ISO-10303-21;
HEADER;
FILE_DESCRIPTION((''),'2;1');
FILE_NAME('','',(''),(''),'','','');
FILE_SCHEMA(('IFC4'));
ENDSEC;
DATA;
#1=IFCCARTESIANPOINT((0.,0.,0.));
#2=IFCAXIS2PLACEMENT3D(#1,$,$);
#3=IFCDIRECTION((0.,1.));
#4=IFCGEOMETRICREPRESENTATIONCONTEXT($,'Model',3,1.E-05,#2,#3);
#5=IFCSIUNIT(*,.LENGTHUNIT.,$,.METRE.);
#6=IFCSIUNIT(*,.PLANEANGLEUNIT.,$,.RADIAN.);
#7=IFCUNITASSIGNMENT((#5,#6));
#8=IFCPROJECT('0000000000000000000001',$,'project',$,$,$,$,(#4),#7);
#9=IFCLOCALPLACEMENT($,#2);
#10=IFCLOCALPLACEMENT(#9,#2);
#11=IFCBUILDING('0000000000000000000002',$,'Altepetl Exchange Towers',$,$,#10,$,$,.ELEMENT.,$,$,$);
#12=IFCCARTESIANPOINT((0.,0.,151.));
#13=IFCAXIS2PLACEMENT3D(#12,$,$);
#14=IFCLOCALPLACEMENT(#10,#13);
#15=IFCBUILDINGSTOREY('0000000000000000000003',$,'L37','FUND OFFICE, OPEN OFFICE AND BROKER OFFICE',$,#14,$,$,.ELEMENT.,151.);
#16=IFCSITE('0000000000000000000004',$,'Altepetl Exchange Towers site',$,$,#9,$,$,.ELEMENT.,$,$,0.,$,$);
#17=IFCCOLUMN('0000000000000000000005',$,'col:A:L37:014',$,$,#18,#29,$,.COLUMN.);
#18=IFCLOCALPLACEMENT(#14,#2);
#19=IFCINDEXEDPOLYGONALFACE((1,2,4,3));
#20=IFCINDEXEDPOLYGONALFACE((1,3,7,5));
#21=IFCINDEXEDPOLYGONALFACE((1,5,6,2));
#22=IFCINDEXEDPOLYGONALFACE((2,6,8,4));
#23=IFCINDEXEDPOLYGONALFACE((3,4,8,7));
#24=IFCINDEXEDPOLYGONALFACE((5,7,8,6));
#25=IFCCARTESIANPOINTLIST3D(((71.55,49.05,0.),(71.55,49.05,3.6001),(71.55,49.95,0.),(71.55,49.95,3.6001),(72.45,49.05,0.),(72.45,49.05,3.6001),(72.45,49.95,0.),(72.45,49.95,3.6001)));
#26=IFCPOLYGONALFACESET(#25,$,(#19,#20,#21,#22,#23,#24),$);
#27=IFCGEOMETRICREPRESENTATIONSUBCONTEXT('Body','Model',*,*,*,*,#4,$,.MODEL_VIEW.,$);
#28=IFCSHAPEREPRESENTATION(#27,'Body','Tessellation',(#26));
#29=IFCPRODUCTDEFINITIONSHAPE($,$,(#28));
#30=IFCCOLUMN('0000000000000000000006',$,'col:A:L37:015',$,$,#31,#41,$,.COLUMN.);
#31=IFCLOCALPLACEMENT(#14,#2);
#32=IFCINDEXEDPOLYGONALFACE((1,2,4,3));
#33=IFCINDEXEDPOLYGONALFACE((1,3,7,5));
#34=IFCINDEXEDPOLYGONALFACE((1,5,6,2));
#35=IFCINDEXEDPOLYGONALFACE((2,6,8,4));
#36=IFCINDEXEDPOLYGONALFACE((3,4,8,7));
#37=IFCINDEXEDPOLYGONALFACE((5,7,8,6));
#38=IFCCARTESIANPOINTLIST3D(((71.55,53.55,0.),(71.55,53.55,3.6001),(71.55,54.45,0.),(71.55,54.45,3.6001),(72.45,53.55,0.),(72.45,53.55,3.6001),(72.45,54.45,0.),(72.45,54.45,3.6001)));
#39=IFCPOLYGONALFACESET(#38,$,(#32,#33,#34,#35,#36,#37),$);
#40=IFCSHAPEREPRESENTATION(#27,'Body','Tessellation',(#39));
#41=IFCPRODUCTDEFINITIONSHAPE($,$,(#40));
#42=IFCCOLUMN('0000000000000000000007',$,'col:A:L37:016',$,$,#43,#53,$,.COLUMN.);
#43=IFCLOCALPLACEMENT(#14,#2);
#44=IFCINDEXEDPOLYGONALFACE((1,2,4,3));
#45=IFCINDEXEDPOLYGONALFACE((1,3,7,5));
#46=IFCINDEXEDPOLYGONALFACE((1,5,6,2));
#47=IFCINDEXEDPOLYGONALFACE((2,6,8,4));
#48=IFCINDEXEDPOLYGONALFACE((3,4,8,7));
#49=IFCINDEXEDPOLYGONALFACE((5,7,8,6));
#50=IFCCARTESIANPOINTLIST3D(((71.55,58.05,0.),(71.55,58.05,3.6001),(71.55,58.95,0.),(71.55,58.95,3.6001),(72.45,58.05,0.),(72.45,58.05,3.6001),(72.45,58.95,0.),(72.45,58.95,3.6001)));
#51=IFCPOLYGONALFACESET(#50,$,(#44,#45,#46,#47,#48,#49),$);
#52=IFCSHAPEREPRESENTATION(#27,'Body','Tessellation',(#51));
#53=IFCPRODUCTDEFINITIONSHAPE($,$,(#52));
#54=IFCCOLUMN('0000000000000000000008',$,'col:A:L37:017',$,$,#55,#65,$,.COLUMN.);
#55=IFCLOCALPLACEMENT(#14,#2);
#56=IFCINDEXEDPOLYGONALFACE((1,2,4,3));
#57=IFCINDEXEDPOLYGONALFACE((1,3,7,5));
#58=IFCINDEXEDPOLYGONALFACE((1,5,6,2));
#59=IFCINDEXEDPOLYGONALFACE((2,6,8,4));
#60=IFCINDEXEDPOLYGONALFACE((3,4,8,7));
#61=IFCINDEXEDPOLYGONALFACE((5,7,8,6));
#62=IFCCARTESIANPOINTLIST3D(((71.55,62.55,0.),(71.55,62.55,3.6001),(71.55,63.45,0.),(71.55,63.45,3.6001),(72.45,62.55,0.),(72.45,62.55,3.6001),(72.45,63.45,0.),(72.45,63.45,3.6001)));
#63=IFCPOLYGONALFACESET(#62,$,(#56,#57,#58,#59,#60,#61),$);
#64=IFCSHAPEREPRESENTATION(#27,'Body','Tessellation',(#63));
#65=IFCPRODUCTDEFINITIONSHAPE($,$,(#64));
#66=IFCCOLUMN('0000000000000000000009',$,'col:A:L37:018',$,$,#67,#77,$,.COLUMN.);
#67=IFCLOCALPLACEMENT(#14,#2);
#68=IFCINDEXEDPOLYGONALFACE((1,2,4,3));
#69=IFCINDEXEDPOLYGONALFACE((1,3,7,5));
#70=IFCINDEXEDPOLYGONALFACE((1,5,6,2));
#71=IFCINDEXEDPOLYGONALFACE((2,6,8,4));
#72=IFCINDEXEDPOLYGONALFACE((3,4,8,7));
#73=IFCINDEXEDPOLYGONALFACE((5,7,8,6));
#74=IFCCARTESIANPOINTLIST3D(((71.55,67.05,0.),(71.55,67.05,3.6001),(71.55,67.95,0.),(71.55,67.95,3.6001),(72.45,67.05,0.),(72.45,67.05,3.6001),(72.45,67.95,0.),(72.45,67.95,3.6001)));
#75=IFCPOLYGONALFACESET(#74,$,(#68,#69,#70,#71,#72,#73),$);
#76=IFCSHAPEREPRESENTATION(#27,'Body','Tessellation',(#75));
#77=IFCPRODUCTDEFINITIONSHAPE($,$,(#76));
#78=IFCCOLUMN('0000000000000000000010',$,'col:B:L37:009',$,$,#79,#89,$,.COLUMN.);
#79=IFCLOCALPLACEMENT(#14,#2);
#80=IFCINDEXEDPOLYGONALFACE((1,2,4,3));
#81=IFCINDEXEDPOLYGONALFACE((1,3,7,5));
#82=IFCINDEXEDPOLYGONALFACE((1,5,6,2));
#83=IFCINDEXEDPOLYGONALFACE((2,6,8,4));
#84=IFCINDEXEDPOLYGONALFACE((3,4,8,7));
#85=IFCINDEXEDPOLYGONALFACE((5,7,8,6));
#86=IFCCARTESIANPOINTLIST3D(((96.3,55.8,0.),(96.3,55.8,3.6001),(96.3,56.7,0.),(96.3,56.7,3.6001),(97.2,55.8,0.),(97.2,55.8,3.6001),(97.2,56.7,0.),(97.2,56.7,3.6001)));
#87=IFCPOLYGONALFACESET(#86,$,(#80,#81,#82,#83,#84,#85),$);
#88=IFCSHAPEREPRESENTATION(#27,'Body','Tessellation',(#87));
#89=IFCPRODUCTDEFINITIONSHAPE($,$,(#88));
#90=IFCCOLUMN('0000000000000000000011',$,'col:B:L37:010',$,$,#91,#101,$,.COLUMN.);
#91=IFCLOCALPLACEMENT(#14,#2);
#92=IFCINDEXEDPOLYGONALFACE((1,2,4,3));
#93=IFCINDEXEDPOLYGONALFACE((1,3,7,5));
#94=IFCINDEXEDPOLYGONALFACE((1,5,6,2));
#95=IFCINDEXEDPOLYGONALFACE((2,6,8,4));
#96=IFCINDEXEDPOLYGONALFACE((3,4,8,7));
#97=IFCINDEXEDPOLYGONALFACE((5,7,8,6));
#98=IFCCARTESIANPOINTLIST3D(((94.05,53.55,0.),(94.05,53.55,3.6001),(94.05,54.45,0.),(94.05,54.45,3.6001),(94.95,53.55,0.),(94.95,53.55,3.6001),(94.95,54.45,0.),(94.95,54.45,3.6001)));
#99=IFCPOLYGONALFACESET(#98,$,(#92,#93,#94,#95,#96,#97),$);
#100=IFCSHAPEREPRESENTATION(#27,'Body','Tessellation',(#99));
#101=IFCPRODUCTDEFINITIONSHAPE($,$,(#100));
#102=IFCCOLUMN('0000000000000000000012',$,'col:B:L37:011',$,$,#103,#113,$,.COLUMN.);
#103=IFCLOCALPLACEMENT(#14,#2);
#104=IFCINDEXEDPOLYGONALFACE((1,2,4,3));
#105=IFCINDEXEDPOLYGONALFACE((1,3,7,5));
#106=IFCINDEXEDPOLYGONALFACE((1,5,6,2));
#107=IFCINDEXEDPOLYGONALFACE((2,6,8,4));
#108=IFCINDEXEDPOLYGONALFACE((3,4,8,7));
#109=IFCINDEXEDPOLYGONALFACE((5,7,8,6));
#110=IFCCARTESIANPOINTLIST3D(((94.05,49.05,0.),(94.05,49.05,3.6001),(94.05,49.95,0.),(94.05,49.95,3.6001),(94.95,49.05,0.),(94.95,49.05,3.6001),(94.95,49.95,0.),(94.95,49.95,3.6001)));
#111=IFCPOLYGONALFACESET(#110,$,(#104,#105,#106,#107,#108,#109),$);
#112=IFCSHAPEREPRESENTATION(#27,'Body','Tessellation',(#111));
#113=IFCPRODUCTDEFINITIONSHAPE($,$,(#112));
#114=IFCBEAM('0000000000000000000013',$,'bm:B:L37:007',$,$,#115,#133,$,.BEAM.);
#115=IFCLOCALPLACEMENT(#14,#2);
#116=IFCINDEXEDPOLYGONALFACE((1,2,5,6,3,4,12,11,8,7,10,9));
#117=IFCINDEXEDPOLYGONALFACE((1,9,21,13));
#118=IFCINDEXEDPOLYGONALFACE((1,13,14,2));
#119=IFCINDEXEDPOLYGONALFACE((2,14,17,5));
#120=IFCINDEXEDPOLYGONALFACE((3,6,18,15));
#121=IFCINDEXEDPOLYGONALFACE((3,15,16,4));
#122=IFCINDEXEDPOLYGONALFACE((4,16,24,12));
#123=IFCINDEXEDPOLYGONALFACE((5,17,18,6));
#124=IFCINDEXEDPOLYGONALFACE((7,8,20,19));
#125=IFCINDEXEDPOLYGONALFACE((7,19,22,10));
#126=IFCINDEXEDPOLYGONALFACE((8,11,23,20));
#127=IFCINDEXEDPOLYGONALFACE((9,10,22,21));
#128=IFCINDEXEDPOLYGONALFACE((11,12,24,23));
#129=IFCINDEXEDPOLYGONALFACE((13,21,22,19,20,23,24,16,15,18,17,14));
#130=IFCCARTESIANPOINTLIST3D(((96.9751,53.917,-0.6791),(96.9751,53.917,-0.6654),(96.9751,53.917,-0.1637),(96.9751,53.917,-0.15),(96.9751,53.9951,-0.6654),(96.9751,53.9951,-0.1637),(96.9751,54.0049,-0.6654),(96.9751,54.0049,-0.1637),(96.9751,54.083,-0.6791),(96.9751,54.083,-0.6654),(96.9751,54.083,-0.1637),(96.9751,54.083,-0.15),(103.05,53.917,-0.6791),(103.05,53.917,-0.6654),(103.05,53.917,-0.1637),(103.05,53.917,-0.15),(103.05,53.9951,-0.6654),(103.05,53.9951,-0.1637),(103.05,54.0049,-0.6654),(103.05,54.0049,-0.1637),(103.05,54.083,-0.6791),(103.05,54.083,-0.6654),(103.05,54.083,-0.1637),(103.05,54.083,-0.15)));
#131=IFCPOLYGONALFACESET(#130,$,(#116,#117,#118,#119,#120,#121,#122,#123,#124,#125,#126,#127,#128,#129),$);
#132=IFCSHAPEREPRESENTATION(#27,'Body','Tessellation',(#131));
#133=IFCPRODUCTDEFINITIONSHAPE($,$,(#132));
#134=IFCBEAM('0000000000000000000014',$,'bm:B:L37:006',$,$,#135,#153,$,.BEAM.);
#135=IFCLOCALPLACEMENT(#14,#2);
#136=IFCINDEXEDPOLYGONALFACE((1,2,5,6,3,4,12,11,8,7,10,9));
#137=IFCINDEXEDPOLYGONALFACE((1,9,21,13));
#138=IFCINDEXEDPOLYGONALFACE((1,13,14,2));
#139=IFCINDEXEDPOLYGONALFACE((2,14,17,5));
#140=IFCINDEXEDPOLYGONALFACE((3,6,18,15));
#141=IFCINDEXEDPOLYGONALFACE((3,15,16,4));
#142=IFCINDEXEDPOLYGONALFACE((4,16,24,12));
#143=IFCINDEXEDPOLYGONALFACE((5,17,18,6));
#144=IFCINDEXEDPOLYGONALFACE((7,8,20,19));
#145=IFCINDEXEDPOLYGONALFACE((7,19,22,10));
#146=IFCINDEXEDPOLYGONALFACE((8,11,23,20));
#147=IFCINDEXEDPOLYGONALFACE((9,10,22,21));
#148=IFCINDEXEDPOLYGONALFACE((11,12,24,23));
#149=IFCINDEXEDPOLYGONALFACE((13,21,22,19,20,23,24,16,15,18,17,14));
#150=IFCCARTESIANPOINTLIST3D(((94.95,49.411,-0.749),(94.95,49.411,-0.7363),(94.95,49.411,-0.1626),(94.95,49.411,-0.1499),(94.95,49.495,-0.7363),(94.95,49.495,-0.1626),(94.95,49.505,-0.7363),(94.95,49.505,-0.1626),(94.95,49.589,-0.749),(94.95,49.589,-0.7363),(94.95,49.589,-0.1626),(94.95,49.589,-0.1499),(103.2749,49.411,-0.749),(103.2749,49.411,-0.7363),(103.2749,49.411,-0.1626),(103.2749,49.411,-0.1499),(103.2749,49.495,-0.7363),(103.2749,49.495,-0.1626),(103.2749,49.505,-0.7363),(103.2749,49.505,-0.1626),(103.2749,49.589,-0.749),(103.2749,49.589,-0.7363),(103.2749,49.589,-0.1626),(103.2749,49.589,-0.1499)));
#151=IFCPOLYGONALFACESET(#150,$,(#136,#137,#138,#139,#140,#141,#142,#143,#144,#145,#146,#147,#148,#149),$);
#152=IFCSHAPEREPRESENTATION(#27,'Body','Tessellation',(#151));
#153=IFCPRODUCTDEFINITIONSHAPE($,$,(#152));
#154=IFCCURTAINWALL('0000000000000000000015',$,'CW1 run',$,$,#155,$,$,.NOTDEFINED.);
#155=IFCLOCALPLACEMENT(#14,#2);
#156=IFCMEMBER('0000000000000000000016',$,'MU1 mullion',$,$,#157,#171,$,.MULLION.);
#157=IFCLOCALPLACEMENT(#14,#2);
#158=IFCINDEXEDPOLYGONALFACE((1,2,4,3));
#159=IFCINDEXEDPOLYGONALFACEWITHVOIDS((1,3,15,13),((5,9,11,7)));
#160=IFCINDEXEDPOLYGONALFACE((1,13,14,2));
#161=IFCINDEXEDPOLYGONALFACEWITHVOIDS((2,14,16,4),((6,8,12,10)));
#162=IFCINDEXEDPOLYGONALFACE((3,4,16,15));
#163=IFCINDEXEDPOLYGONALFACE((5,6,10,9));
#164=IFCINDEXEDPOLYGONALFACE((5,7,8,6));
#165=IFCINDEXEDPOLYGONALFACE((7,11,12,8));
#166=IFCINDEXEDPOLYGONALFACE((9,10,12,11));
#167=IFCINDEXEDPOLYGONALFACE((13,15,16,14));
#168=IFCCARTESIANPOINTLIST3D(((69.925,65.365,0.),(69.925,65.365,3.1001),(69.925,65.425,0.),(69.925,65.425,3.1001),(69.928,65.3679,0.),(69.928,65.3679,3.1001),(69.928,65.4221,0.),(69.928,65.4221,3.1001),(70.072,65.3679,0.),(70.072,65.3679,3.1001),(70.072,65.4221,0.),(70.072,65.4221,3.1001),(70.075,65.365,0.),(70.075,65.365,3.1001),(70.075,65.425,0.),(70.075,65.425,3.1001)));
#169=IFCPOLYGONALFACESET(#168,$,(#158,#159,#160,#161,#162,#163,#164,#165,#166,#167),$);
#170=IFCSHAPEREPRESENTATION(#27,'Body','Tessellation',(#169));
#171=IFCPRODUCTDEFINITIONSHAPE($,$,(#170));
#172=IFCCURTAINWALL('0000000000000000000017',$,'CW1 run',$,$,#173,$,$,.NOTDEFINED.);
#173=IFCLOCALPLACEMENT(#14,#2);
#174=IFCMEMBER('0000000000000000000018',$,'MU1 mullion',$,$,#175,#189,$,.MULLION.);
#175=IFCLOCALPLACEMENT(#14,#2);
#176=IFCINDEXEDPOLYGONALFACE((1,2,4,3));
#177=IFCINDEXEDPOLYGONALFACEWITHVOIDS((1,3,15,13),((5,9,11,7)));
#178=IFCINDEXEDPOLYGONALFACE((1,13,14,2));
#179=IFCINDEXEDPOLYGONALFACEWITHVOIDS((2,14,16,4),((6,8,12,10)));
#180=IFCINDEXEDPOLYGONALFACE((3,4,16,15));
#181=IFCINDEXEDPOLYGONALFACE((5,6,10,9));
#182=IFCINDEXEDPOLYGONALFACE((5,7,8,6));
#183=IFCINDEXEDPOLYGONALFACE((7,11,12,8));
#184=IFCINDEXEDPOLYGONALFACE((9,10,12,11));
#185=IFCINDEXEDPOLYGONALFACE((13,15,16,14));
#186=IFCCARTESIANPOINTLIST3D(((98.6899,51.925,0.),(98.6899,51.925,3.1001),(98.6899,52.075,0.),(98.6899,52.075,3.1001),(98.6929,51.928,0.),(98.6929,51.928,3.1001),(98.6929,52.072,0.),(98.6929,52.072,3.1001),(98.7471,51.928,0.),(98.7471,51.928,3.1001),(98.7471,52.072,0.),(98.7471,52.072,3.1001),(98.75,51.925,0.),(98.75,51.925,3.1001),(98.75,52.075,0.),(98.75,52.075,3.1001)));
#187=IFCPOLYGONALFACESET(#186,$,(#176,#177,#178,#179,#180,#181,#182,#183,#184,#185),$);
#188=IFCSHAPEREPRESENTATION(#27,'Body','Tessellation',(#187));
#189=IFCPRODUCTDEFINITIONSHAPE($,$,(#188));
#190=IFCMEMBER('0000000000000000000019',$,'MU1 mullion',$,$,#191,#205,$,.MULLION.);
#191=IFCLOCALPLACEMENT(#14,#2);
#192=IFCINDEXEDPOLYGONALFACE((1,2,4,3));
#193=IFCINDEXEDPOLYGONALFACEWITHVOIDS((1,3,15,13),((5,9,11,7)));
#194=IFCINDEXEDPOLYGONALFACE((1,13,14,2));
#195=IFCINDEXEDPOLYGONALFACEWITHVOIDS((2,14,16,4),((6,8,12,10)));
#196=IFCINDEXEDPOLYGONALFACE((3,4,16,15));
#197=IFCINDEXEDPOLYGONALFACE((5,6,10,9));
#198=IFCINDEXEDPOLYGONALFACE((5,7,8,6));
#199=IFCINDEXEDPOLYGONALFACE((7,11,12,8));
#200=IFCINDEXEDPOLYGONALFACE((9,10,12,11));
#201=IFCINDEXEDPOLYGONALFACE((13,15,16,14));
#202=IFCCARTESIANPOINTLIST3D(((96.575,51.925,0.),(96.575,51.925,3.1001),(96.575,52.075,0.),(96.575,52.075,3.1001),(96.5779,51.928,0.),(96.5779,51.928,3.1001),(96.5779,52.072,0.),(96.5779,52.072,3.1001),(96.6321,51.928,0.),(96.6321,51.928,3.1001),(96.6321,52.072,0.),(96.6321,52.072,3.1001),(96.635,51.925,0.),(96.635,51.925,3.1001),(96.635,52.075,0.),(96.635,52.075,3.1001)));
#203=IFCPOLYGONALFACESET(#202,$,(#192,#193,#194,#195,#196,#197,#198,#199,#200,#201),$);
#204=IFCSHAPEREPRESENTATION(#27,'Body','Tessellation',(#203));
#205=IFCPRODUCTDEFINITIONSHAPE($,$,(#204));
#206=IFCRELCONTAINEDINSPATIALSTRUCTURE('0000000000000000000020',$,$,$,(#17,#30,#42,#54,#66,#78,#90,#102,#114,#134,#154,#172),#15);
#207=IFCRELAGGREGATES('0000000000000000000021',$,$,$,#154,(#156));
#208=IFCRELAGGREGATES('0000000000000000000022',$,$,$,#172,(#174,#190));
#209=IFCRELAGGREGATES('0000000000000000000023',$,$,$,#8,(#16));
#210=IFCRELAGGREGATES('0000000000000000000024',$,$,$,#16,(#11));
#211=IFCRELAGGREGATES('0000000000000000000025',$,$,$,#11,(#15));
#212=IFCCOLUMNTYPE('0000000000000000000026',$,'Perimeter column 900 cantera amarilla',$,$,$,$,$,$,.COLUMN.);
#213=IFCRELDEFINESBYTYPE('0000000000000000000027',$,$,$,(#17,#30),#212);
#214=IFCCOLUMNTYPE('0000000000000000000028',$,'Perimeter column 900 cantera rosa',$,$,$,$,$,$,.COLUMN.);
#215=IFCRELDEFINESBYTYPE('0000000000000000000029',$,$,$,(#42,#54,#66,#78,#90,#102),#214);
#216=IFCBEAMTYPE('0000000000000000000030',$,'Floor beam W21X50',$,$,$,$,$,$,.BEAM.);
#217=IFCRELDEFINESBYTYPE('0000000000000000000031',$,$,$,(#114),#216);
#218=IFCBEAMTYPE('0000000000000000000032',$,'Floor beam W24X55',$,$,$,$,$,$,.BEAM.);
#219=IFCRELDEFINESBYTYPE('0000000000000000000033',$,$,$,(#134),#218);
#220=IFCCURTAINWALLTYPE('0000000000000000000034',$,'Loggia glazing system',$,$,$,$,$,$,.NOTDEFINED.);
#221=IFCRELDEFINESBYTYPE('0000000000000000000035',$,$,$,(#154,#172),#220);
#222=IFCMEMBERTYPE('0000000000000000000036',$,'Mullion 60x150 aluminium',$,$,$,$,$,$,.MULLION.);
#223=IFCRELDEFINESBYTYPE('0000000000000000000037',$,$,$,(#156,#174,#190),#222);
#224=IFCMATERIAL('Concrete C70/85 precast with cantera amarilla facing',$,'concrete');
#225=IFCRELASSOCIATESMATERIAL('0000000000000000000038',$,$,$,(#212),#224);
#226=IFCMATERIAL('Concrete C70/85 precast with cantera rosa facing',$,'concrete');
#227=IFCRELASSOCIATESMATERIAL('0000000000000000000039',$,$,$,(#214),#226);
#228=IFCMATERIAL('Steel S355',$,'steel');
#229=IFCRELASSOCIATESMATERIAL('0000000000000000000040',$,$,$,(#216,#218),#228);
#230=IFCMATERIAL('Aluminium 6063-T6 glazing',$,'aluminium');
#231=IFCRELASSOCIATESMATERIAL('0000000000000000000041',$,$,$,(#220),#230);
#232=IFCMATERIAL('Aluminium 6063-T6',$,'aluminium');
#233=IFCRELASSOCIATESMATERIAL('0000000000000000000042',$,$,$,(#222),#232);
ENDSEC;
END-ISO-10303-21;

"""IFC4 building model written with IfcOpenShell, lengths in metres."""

from ifc_helpers import new_model, si_unit, direction, frame, origin, origin_2d, place, context, subcontext, project, spatial, rectangle, hollow_rectangle, i_section, extrude, material, material_profile, profile_set, type_object, element, aggregate, save


model = new_model("IFC4")

# Units and contexts
model_context = context("Model", 3, precision=1e-05, world=origin(), true_north=direction((0.0, 1.0)))
body_context = subcontext(model_context, "Body", "Model", "MODEL_VIEW")
ifc_project = project(units=[si_unit("LENGTHUNIT", "METRE"), si_unit("PLANEANGLEUNIT", "RADIAN")], contexts=[model_context])

# Site, building, storey
site_placement = place(None, origin())
site = spatial("IfcSite", under=ifc_project, at=site_placement, Name="Altepetl Exchange Towers site", CompositionType="ELEMENT", RefElevation=0.0)
building_placement = place(site_placement, origin())
building = spatial("IfcBuilding", under=site, at=building_placement, Name="Altepetl Exchange Towers", CompositionType="ELEMENT")
storey_placement = place(building_placement, frame((0.0, 0.0, 151.0)))
storey = spatial("IfcBuildingStorey", under=building, at=storey_placement, Name="L37", Description="FUND OFFICE, OPEN OFFICE AND BROKER OFFICE", CompositionType="ELEMENT", Elevation=151.0)

# Columns
ifc_material_1 = material(Name="Concrete C70/85 precast with cantera amarilla facing", Category="concrete")
ifc_material_profile_1 = material_profile(ifc_material_1, rectangle(XDim=0.8999, YDim=0.8999, at=origin_2d()), Name="900 x 900")
ifc_profile_set_1 = profile_set([ifc_material_profile_1], Name="Concrete C70/85 precast with cantera amarilla facing")
column_type_1 = type_object("IfcColumnType", Name="Perimeter column 900 cantera amarilla", PredefinedType="COLUMN", material=ifc_profile_set_1)
for number, where, name in (
    (1, (72.0, 49.5, 0.0), "col:A:L37:014"),
    (2, (72.0, 54.0, 0.0), "col:A:L37:015"),
):
    element("IfcColumn", number, at=place(storey_placement, frame(where)), inside=storey, type_object=column_type_1, Name=name, PredefinedType="COLUMN", context=body_context, shape_type="SweptSolid", body=[
        extrude(rectangle(XDim=0.8999, YDim=0.8999, at=origin_2d()), origin(), (0.0, 0.0, 1.0), 3.6001),
    ])
ifc_material_2 = material(Name="Concrete C70/85 precast with cantera rosa facing", Category="concrete")
ifc_material_profile_2 = material_profile(ifc_material_2, rectangle(XDim=0.8999, YDim=0.8999, at=origin_2d()), Name="900 x 900")
ifc_profile_set_2 = profile_set([ifc_material_profile_2], Name="Concrete C70/85 precast with cantera rosa facing")
column_type_2 = type_object("IfcColumnType", Name="Perimeter column 900 cantera rosa", PredefinedType="COLUMN", material=ifc_profile_set_2)
for number, where, name in (
    (3, (72.0, 58.5, 0.0), "col:A:L37:016"),
    (4, (72.0, 63.0, 0.0), "col:A:L37:017"),
    (5, (72.0, 67.5, 0.0), "col:A:L37:018"),
    (6, (96.75, 56.25, 0.0), "col:B:L37:009"),
    (7, (94.5, 54.0, 0.0), "col:B:L37:010"),
    (8, (94.5, 49.5, 0.0), "col:B:L37:011"),
):
    element("IfcColumn", number, at=place(storey_placement, frame(where)), inside=storey, type_object=column_type_2, Name=name, PredefinedType="COLUMN", context=body_context, shape_type="SweptSolid", body=[
        extrude(rectangle(XDim=0.8999, YDim=0.8999, at=origin_2d()), origin(), (0.0, 0.0, 1.0), 3.6001),
    ])

# Beams
ifc_material_3 = material(Name="Steel S355", Category="steel")
ifc_material_profile_3 = material_profile(ifc_material_3, i_section(OverallWidth=0.166, OverallDepth=0.5291, WebThickness=0.0098, FlangeThickness=0.0137, at=origin_2d()), Name="W21X50")
ifc_profile_set_3 = profile_set([ifc_material_profile_3], Name="Steel S355")
beam_type_1 = type_object("IfcBeamType", Name="Floor beam W21X50", PredefinedType="BEAM", material=ifc_profile_set_3)
beam_1_placement = place(storey_placement, frame((96.9751, 54.0, -0.4146), z_axis=(1.0, 0.0, 0.0), x_axis=(0.0, 1.0, 0.0)))
element("IfcBeam", 9, at=beam_1_placement, inside=storey, type_object=beam_type_1, Name="bm:B:L37:007", PredefinedType="BEAM", context=body_context, shape_type="SweptSolid", body=[
    extrude(i_section(OverallWidth=0.166, OverallDepth=0.5291, WebThickness=0.0098, FlangeThickness=0.0137, at=origin_2d()), origin(), (0.0, 0.0, 1.0), 6.075),
])
ifc_material_profile_4 = material_profile(ifc_material_3, i_section(OverallWidth=0.178, OverallDepth=0.5991, WebThickness=0.01, FlangeThickness=0.0127, at=origin_2d()), Name="W24X55")
ifc_profile_set_4 = profile_set([ifc_material_profile_4], Name="Steel S355")
beam_type_2 = type_object("IfcBeamType", Name="Floor beam W24X55", PredefinedType="BEAM", material=ifc_profile_set_4)
beam_2_placement = place(storey_placement, frame((94.95, 49.5, -0.4495), z_axis=(1.0, 0.0, 0.0), x_axis=(0.0, 1.0, 0.0)))
element("IfcBeam", 10, at=beam_2_placement, inside=storey, type_object=beam_type_2, Name="bm:B:L37:006", PredefinedType="BEAM", context=body_context, shape_type="SweptSolid", body=[
    extrude(i_section(OverallWidth=0.178, OverallDepth=0.5991, WebThickness=0.01, FlangeThickness=0.0127, at=origin_2d()), origin(), (0.0, 0.0, 1.0), 8.325),
])

# Curtain wall, member
ifc_material_4 = material(Name="Aluminium 6063-T6 glazing", Category="aluminium")
curtain_wall_type = type_object("IfcCurtainWallType", Name="Loggia glazing system", PredefinedType="NOTDEFINED", material=ifc_material_4)
curtain_wall_1_placement = place(storey_placement, origin())
curtain_wall_1 = element("IfcCurtainWall", 11, at=curtain_wall_1_placement, inside=storey, type_object=curtain_wall_type, Name="CW1 run", PredefinedType="NOTDEFINED")
ifc_material_5 = material(Name="Aluminium 6063-T6", Category="aluminium")
ifc_material_profile_5 = material_profile(ifc_material_5, hollow_rectangle(XDim=0.0601, YDim=0.1499, WallThickness=0.0029, at=origin_2d()), Name="Mullion 60x150 aluminium")
ifc_profile_set_5 = profile_set([ifc_material_profile_5], Name="Aluminium 6063-T6")
member_type = type_object("IfcMemberType", Name="Mullion 60x150 aluminium", PredefinedType="MULLION", material=ifc_profile_set_5)
member_1_placement = place(storey_placement, frame((70.0, 65.395, 0.0), z_axis=(0.0, 0.0, 1.0), x_axis=(0.0, 1.0, 0.0)))
member_1 = element("IfcMember", 12, at=member_1_placement, type_object=member_type, Name="MU1 mullion", PredefinedType="MULLION", context=body_context, shape_type="SweptSolid", body=[
    extrude(hollow_rectangle(XDim=0.0601, YDim=0.1499, WallThickness=0.0029, at=origin_2d()), origin(), (0.0, 0.0, 1.0), 3.1001),
])

# Curtain wall, members
curtain_wall_2_placement = place(storey_placement, origin())
curtain_wall_2 = element("IfcCurtainWall", 13, at=curtain_wall_2_placement, inside=storey, type_object=curtain_wall_type, Name="CW1 run", PredefinedType="NOTDEFINED")
member_2_placement = place(storey_placement, frame((98.72, 52.0, 0.0), z_axis=(0.0, 0.0, 1.0), x_axis=(-1.0, 0.0, 0.0)))
member_2 = element("IfcMember", 14, at=member_2_placement, type_object=member_type, Name="MU1 mullion", PredefinedType="MULLION", context=body_context, shape_type="SweptSolid", body=[
    extrude(hollow_rectangle(XDim=0.0601, YDim=0.1499, WallThickness=0.0029, at=origin_2d()), origin(), (0.0, 0.0, 1.0), 3.1001),
])
member_3_placement = place(storey_placement, frame((96.605, 52.0, 0.0), z_axis=(0.0, 0.0, 1.0), x_axis=(-1.0, 0.0, 0.0)))
member_3 = element("IfcMember", 15, at=member_3_placement, type_object=member_type, Name="MU1 mullion", PredefinedType="MULLION", context=body_context, shape_type="SweptSolid", body=[
    extrude(hollow_rectangle(XDim=0.0601, YDim=0.1499, WallThickness=0.0029, at=origin_2d()), origin(), (0.0, 0.0, 1.0), 3.1001),
])

aggregate(curtain_wall_1, [member_1])
aggregate(curtain_wall_2, [member_2, member_3])

save(model, "model.ifc")
